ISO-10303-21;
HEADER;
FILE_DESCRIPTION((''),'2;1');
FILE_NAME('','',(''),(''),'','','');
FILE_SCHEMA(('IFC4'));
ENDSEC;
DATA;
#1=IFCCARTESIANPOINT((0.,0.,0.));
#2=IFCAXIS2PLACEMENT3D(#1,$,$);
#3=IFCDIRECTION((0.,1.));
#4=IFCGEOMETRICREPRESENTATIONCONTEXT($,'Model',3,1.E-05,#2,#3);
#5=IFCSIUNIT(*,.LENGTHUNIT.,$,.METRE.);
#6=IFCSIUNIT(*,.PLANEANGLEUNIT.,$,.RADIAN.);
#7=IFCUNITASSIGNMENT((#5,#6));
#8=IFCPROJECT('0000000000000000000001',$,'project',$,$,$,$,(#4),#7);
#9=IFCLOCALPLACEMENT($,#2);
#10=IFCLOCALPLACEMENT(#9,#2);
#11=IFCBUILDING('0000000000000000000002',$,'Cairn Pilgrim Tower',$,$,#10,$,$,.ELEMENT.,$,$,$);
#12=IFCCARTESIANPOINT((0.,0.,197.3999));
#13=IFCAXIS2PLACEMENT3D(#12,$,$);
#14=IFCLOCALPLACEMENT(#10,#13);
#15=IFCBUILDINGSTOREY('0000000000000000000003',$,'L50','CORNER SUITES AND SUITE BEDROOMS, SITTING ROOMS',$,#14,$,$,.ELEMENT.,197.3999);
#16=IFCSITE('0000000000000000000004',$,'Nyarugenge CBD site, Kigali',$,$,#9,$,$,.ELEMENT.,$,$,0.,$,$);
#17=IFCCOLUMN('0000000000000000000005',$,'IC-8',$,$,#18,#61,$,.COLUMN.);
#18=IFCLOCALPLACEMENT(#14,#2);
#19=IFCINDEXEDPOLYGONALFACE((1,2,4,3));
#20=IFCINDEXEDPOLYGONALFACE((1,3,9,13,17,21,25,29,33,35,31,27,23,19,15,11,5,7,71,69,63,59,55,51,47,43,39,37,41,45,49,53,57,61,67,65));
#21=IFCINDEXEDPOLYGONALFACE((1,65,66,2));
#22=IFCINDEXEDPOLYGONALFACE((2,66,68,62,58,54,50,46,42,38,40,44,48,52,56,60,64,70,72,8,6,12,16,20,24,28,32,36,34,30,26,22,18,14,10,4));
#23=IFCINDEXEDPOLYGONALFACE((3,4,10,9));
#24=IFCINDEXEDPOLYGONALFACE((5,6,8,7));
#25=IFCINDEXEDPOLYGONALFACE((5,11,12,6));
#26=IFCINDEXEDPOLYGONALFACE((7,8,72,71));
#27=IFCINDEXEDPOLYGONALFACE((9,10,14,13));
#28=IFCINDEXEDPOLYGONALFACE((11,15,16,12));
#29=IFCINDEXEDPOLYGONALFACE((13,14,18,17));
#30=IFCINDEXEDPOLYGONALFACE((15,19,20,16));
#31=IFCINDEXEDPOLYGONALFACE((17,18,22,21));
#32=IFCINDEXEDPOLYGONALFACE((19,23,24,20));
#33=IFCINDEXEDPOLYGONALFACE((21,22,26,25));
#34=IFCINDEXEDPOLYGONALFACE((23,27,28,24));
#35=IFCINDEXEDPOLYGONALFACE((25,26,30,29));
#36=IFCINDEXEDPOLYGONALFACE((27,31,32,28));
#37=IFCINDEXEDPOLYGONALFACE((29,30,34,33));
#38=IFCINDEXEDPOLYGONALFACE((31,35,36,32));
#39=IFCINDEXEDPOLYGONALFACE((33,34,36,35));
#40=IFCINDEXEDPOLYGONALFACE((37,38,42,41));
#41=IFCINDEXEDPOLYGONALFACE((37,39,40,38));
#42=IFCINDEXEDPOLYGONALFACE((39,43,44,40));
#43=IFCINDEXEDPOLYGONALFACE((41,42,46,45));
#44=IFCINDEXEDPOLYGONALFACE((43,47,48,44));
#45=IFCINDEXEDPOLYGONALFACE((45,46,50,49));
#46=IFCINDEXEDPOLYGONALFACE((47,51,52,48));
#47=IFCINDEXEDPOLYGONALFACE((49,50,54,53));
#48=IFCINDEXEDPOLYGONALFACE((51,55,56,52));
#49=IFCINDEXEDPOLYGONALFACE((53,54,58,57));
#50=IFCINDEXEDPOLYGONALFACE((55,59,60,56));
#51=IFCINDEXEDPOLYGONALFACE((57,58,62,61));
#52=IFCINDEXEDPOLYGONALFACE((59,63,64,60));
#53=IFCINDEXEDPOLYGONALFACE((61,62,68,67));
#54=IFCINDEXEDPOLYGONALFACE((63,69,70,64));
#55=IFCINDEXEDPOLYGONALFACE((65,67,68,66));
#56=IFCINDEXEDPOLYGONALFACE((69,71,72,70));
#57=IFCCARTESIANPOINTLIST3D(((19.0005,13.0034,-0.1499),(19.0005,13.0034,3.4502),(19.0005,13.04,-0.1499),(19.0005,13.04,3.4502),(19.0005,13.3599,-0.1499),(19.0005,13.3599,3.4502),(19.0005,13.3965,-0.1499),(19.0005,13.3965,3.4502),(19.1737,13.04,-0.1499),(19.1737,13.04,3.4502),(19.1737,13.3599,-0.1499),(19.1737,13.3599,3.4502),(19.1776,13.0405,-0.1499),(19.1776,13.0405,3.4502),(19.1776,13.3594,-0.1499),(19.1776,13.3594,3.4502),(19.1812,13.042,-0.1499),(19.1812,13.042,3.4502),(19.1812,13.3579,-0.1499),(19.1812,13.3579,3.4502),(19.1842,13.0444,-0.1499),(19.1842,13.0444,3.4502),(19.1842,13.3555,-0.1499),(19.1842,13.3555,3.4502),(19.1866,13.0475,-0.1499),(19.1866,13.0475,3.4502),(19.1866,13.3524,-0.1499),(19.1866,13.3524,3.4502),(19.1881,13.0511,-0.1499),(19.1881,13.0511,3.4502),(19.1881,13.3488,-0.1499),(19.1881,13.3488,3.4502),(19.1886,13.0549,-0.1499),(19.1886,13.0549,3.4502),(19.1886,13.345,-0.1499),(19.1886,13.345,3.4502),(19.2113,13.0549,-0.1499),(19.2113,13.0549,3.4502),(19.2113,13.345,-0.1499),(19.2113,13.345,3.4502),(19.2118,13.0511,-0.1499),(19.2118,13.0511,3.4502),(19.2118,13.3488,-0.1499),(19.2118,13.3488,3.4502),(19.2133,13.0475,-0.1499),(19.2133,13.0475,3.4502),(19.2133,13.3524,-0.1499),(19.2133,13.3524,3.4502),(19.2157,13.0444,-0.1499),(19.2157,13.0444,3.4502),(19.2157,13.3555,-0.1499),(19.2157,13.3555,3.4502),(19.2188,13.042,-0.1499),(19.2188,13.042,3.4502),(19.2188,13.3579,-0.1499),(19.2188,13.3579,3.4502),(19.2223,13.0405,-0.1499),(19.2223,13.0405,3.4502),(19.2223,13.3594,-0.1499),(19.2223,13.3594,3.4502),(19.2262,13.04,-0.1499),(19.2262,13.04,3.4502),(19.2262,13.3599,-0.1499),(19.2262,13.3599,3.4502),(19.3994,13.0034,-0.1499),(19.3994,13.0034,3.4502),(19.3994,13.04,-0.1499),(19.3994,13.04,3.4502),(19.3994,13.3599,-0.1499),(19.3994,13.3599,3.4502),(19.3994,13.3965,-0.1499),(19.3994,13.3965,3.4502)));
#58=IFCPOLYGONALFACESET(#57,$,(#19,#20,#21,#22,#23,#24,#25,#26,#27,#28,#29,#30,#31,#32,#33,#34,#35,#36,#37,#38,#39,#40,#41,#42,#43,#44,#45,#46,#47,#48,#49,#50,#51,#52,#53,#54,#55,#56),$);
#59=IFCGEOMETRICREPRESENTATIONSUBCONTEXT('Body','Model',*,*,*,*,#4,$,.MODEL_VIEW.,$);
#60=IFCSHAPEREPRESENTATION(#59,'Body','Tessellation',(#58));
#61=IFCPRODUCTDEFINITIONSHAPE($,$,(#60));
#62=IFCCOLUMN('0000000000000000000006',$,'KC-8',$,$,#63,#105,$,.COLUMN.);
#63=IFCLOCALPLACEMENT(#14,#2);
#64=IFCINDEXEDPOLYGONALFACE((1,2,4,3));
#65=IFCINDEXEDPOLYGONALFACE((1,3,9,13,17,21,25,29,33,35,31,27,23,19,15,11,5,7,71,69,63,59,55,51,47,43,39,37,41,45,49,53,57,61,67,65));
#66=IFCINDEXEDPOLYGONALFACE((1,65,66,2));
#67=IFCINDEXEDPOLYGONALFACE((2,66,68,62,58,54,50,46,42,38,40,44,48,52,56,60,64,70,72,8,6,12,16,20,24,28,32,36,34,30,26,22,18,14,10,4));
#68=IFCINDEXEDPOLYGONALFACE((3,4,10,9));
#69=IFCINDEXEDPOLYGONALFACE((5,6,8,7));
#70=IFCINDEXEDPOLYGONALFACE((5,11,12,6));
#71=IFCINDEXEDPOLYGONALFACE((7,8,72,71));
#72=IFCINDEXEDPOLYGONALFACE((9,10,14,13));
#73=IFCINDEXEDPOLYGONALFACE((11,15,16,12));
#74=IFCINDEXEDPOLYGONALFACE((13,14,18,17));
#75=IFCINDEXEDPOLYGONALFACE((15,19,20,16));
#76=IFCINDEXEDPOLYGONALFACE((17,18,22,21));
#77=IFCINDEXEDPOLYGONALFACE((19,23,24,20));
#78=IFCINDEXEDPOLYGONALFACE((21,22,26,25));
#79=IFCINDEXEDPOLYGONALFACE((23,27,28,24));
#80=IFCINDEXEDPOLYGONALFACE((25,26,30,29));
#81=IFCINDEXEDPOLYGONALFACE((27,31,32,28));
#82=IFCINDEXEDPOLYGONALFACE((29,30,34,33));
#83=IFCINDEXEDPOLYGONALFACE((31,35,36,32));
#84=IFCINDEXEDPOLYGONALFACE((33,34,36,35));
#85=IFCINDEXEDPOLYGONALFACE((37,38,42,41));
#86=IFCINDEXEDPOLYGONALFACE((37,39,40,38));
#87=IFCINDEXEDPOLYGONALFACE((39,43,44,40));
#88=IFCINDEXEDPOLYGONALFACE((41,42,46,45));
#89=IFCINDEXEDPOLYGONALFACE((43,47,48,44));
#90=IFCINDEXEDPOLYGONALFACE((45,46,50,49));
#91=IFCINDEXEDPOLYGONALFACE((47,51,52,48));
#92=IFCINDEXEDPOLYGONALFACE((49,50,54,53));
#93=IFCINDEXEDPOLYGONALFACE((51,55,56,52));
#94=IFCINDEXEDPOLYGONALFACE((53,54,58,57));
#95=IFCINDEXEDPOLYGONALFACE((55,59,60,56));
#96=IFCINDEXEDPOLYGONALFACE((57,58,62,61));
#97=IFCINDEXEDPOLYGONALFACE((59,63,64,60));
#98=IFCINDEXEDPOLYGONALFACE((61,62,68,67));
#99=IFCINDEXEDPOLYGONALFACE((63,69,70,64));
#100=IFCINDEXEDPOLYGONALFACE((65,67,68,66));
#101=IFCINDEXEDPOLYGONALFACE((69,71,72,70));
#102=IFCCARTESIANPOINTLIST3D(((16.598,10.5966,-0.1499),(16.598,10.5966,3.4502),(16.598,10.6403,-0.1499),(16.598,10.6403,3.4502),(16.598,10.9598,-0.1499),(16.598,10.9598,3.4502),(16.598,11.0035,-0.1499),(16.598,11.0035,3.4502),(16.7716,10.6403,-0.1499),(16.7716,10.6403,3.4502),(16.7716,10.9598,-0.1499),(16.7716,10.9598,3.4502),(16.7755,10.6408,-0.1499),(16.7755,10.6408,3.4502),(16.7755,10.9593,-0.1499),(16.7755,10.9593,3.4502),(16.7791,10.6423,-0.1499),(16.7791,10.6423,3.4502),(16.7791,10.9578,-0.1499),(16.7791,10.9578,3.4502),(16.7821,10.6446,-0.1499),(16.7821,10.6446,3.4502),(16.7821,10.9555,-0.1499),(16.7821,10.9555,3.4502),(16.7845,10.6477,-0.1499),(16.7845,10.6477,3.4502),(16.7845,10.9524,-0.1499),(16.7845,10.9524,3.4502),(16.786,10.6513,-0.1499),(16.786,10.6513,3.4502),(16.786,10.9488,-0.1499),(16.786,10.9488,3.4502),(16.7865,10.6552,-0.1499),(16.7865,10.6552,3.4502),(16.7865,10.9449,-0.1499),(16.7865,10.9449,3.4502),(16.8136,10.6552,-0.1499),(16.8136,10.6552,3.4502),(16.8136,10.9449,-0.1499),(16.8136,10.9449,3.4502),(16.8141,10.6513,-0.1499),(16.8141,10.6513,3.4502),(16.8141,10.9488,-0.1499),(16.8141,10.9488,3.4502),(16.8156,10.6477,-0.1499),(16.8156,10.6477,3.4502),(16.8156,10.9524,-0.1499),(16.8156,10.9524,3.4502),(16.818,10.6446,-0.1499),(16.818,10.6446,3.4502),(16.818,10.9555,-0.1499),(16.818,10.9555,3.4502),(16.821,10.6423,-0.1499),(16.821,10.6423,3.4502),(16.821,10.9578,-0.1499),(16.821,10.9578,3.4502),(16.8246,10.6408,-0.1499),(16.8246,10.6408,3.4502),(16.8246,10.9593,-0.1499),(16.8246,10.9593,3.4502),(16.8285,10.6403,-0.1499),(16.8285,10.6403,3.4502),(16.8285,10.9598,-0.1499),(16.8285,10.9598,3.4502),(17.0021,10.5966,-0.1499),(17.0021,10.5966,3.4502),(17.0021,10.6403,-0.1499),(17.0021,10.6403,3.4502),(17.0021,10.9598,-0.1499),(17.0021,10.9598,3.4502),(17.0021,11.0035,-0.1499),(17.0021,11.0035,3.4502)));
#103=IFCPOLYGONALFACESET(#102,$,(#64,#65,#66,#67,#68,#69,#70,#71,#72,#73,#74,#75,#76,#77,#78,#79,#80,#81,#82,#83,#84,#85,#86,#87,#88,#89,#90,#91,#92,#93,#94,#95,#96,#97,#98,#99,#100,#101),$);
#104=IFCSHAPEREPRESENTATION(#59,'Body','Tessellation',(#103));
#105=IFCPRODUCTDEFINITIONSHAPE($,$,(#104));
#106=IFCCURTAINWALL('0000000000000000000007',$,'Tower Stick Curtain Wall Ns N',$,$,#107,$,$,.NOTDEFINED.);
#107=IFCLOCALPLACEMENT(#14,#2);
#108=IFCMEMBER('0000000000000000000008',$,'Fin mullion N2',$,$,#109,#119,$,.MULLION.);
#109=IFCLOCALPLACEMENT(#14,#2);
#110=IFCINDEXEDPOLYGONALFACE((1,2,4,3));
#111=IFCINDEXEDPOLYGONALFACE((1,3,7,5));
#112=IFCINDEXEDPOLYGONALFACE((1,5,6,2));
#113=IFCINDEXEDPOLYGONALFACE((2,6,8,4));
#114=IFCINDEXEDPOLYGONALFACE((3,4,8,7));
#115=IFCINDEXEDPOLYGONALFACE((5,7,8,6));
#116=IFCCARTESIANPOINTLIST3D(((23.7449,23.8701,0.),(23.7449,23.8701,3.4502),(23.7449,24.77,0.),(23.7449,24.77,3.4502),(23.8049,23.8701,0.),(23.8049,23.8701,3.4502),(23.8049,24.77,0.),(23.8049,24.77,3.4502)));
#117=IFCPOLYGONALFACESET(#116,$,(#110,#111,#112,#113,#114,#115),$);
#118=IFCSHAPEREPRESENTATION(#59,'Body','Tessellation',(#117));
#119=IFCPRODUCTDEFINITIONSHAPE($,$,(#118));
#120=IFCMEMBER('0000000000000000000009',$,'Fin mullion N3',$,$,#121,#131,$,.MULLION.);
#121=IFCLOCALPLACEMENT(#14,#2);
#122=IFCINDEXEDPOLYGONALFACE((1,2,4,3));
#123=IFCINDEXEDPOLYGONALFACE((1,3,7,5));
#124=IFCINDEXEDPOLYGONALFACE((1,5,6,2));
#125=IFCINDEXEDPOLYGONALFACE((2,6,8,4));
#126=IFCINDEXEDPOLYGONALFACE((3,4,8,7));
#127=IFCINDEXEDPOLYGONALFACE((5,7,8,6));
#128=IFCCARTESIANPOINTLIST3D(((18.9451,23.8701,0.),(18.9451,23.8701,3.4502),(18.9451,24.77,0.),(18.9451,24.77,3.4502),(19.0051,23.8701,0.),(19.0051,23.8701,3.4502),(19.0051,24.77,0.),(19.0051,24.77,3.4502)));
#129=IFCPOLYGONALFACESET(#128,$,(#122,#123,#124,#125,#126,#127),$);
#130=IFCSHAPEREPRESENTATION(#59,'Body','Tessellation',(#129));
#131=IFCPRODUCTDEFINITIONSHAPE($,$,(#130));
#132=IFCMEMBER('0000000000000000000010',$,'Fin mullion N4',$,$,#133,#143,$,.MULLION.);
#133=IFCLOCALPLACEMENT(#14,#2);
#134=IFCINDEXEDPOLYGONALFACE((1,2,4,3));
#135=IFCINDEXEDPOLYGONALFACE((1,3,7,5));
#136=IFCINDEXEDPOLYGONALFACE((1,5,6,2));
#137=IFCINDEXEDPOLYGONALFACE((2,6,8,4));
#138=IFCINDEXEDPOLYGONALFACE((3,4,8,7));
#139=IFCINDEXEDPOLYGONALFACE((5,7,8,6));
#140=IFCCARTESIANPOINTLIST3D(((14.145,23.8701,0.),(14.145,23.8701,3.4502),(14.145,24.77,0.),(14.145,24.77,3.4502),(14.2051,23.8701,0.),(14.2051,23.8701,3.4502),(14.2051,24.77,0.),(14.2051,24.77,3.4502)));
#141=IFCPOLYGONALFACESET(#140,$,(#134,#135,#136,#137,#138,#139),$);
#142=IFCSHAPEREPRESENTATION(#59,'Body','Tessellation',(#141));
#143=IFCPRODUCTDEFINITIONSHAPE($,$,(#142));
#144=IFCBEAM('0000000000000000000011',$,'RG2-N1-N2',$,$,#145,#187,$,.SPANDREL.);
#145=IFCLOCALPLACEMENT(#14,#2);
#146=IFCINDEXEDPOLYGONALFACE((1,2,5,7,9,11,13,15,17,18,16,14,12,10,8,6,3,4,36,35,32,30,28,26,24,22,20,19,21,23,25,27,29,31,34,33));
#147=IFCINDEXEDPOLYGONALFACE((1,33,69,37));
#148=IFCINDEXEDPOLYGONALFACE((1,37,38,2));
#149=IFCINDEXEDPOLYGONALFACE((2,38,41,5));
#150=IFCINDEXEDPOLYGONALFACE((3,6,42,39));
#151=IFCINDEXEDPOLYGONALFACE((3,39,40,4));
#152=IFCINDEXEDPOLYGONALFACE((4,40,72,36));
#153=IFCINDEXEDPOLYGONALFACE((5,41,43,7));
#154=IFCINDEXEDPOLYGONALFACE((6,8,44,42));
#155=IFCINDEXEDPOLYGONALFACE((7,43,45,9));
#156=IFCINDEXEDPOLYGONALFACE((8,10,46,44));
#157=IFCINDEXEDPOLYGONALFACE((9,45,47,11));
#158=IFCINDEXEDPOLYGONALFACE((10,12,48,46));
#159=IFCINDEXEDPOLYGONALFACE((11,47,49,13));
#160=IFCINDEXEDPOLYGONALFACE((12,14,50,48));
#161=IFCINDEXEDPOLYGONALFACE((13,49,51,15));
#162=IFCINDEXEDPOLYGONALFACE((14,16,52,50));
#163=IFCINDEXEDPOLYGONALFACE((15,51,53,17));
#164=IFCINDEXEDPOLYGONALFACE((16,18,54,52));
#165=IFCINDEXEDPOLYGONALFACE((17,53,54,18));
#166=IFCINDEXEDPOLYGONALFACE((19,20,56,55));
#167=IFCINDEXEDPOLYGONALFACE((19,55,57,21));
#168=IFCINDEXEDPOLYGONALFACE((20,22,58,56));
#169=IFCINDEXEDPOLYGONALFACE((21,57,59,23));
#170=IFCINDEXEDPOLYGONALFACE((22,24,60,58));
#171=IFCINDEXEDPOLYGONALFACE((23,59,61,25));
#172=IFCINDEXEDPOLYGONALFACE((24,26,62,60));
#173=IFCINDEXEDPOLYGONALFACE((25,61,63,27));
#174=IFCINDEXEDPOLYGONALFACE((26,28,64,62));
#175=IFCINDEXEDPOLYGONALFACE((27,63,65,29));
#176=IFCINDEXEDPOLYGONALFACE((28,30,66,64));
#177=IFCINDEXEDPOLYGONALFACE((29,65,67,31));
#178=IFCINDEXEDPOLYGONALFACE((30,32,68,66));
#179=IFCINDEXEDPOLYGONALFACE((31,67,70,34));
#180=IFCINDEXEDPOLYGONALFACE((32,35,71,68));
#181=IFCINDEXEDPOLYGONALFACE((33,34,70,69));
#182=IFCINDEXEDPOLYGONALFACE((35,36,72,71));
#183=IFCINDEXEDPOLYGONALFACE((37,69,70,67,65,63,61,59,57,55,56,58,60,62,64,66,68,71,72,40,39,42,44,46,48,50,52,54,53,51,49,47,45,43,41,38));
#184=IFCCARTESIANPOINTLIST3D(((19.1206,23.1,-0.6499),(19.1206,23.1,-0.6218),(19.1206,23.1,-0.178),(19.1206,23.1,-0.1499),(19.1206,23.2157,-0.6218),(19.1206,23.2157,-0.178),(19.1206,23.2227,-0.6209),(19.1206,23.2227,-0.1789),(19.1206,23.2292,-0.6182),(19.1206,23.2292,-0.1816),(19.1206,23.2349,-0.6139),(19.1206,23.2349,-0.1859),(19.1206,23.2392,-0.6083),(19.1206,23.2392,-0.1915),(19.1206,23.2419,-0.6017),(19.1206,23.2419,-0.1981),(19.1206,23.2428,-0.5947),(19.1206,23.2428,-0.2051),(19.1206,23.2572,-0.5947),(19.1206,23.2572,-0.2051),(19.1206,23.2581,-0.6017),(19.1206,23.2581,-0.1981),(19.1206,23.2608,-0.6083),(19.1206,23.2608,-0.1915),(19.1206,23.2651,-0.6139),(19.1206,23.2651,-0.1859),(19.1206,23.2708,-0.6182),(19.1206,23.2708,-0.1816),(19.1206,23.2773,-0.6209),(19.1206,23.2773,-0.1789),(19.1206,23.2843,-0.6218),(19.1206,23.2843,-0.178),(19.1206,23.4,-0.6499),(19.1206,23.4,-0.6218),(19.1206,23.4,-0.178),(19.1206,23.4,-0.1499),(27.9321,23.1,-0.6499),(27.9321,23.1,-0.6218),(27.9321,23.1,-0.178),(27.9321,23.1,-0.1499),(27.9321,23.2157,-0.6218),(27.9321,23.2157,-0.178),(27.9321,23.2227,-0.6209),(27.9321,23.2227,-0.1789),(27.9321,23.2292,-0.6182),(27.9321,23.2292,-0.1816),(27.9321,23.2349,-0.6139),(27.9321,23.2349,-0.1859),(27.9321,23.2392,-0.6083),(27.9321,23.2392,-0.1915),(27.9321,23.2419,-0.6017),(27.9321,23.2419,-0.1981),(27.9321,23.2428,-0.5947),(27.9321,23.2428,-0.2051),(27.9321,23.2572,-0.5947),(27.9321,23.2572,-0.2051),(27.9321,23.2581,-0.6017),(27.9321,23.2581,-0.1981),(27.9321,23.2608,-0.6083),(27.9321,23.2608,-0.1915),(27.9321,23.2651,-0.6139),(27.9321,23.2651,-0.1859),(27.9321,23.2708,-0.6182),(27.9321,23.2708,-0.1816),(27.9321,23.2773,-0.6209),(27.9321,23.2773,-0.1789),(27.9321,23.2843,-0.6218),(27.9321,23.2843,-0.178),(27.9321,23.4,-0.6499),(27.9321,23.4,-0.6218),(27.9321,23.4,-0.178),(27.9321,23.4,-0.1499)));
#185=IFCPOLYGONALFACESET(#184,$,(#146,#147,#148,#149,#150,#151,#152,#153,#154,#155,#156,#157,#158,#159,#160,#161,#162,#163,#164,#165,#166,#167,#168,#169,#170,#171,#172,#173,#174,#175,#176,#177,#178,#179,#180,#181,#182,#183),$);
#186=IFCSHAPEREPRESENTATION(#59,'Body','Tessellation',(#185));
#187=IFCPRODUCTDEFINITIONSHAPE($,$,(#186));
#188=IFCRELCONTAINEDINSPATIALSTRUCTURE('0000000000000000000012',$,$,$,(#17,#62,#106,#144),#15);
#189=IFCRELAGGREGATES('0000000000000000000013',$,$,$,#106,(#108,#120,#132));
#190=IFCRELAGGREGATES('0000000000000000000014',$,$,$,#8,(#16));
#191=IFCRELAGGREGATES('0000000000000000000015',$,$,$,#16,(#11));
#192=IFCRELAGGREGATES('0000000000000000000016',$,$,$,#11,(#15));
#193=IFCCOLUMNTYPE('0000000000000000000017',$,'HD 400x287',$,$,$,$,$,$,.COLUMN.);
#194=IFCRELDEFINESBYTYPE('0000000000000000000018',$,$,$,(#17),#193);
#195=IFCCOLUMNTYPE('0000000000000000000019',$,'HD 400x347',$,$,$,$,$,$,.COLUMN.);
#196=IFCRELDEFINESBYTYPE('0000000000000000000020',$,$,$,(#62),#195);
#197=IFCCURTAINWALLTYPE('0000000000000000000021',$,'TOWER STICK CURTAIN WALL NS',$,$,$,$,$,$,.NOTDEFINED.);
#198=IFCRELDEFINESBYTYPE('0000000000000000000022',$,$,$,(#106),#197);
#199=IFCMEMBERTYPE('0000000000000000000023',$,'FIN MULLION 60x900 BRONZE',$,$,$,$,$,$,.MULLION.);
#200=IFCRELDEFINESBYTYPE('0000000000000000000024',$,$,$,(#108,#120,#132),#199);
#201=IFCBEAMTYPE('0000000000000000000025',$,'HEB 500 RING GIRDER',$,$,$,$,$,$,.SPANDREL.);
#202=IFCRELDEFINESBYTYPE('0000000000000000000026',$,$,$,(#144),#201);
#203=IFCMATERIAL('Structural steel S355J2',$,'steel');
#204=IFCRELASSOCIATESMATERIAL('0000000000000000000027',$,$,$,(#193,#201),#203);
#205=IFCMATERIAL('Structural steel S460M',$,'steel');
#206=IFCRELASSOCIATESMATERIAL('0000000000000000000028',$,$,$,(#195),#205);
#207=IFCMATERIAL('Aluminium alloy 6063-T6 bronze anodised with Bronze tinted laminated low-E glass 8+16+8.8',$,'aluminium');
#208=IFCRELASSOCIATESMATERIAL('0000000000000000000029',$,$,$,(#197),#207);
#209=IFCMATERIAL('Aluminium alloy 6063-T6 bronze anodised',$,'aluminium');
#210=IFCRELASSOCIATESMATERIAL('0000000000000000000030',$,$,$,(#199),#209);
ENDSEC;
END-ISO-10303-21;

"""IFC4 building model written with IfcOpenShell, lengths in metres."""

from ifc_helpers import new_model, si_unit, direction, frame, origin, origin_2d, place, context, subcontext, project, spatial, rectangle, i_section, extrude, material, material_profile, profile_set, type_object, element, aggregate, save


model = new_model("IFC4")

# Units and contexts
model_context = context("Model", 3, precision=1e-05, world=origin(), true_north=direction((0.0, 1.0)))
body_context = subcontext(model_context, "Body", "Model", "MODEL_VIEW")
ifc_project = project(units=[si_unit("LENGTHUNIT", "METRE"), si_unit("PLANEANGLEUNIT", "RADIAN")], contexts=[model_context])

# Site, building, storey
site_placement = place(None, origin())
site = spatial("IfcSite", under=ifc_project, at=site_placement, Name="Nyarugenge CBD site, Kigali", CompositionType="ELEMENT", RefElevation=0.0)
building_placement = place(site_placement, origin())
building = spatial("IfcBuilding", under=site, at=building_placement, Name="Cairn Pilgrim Tower", CompositionType="ELEMENT")
storey_placement = place(building_placement, frame((0.0, 0.0, 197.3999)))
storey = spatial("IfcBuildingStorey", under=building, at=storey_placement, Name="L50", Description="CORNER SUITES AND SUITE BEDROOMS, SITTING ROOMS", CompositionType="ELEMENT", Elevation=197.3999)

# Columns
ifc_material_1 = material(Name="Structural steel S460M", Category="steel")
ifc_material_2 = material(Name="Structural steel S355J2", Category="steel")
ifc_material_profile_1 = material_profile(ifc_material_2, i_section(OverallWidth=0.3989, OverallDepth=0.3931, WebThickness=0.0227, FlangeThickness=0.0366, FilletRadius=0.0149, at=origin_2d()), Name="HD 400x287")
ifc_profile_set_1 = profile_set([ifc_material_profile_1], Name="Structural steel S355J2")
column_type_1 = type_object("IfcColumnType", Name="HD 400x287", PredefinedType="COLUMN", material=ifc_profile_set_1)
column_1_placement = place(storey_placement, frame((19.2, 13.2, -0.1499), z_axis=(0.0, 0.0, 1.0), x_axis=(1.0, 0.0, 0.0)))
element("IfcColumn", 1, at=column_1_placement, inside=storey, type_object=column_type_1, Name="IC-8", PredefinedType="COLUMN", context=body_context, shape_type="SweptSolid", body=[
    extrude(i_section(OverallWidth=0.3989, OverallDepth=0.3931, WebThickness=0.0227, FlangeThickness=0.0366, FilletRadius=0.0149, at=origin_2d()), origin(), (0.0, 0.0, 1.0), 3.6001),
])
ifc_material_profile_2 = material_profile(ifc_material_1, i_section(OverallWidth=0.4041, OverallDepth=0.407, WebThickness=0.0271, FlangeThickness=0.0437, FilletRadius=0.0149, at=origin_2d()), Name="HD 400x347")
ifc_profile_set_2 = profile_set([ifc_material_profile_2], Name="Structural steel S460M")
column_type_2 = type_object("IfcColumnType", Name="HD 400x347", PredefinedType="COLUMN", material=ifc_profile_set_2)
column_2_placement = place(storey_placement, frame((16.8, 10.8, -0.1499), z_axis=(0.0, 0.0, 1.0), x_axis=(1.0, 0.0, 0.0)))
element("IfcColumn", 2, at=column_2_placement, inside=storey, type_object=column_type_2, Name="KC-8", PredefinedType="COLUMN", context=body_context, shape_type="SweptSolid", body=[
    extrude(i_section(OverallWidth=0.4041, OverallDepth=0.407, WebThickness=0.0271, FlangeThickness=0.0437, FilletRadius=0.0149, at=origin_2d()), origin(), (0.0, 0.0, 1.0), 3.6001),
])

# Curtain wall, members
ifc_material_3 = material(Name="Aluminium alloy 6063-T6 bronze anodised with Bronze tinted laminated low-E glass 8+16+8.8", Category="aluminium")
curtain_wall_type = type_object("IfcCurtainWallType", Name="TOWER STICK CURTAIN WALL NS", PredefinedType="NOTDEFINED", material=ifc_material_3)
curtain_wall_placement = place(storey_placement, origin())
curtain_wall = element("IfcCurtainWall", 3, at=curtain_wall_placement, inside=storey, type_object=curtain_wall_type, Name="Tower Stick Curtain Wall Ns N", PredefinedType="NOTDEFINED")
ifc_material_4 = material(Name="Aluminium alloy 6063-T6 bronze anodised", Category="aluminium")
ifc_material_profile_3 = material_profile(ifc_material_4, rectangle(XDim=0.8999, YDim=0.0601, at=origin_2d()), Name="FIN MULLION 60x900 BRONZE")
ifc_profile_set_3 = profile_set([ifc_material_profile_3], Name="Aluminium alloy 6063-T6 bronze anodised")
member_type = type_object("IfcMemberType", Name="FIN MULLION 60x900 BRONZE", PredefinedType="MULLION", material=ifc_profile_set_3)
member_1_placement = place(storey_placement, frame((23.7749, 24.3201, 0.0), z_axis=(0.0, 0.0, 1.0), x_axis=(0.0, 1.0, 0.0)))
member_1 = element("IfcMember", 4, at=member_1_placement, type_object=member_type, Name="Fin mullion N2", PredefinedType="MULLION", context=body_context, shape_type="SweptSolid", body=[
    extrude(rectangle(XDim=0.8999, YDim=0.0601, at=origin_2d()), origin(), (0.0, 0.0, 1.0), 3.4502),
])
member_2_placement = place(storey_placement, frame((18.9751, 24.3201, 0.0), z_axis=(0.0, 0.0, 1.0), x_axis=(0.0, 1.0, 0.0)))
member_2 = element("IfcMember", 5, at=member_2_placement, type_object=member_type, Name="Fin mullion N3", PredefinedType="MULLION", context=body_context, shape_type="SweptSolid", body=[
    extrude(rectangle(XDim=0.8999, YDim=0.0601, at=origin_2d()), origin(), (0.0, 0.0, 1.0), 3.4502),
])
member_3_placement = place(storey_placement, frame((14.175, 24.3201, 0.0), z_axis=(0.0, 0.0, 1.0), x_axis=(0.0, 1.0, 0.0)))
member_3 = element("IfcMember", 6, at=member_3_placement, type_object=member_type, Name="Fin mullion N4", PredefinedType="MULLION", context=body_context, shape_type="SweptSolid", body=[
    extrude(rectangle(XDim=0.8999, YDim=0.0601, at=origin_2d()), origin(), (0.0, 0.0, 1.0), 3.4502),
])
aggregate(curtain_wall, [member_1, member_2, member_3])

# Beam
ifc_material_profile_4 = material_profile(ifc_material_2, i_section(OverallWidth=0.3, OverallDepth=0.5, WebThickness=0.0144, FlangeThickness=0.0281, FilletRadius=0.0271, at=origin_2d()), Name="HEB 500")
ifc_profile_set_4 = profile_set([ifc_material_profile_4], Name="Structural steel S355J2")
beam_type_1 = type_object("IfcBeamType", Name="HEB 500 RING GIRDER", PredefinedType="SPANDREL", material=ifc_profile_set_4)
for number, where, z_axis, x_axis, name in (
    (7, (27.9321, 23.25, -0.3999), (-1.0, 0.0, 0.0), (0.0, -1.0, 0.0), "RG2-N1-N2"),
):
    element("IfcBeam", number, at=place(storey_placement, frame(where, z_axis=z_axis, x_axis=x_axis)), inside=storey, type_object=beam_type_1, Name=name, PredefinedType="SPANDREL", context=body_context, shape_type="SweptSolid", body=[
        extrude(i_section(OverallWidth=0.3, OverallDepth=0.5, WebThickness=0.0144, FlangeThickness=0.0281, FilletRadius=0.0271, at=origin_2d()), origin(), (0.0, 0.0, 1.0), 8.8115),
    ])

save(model, "model.ifc")
